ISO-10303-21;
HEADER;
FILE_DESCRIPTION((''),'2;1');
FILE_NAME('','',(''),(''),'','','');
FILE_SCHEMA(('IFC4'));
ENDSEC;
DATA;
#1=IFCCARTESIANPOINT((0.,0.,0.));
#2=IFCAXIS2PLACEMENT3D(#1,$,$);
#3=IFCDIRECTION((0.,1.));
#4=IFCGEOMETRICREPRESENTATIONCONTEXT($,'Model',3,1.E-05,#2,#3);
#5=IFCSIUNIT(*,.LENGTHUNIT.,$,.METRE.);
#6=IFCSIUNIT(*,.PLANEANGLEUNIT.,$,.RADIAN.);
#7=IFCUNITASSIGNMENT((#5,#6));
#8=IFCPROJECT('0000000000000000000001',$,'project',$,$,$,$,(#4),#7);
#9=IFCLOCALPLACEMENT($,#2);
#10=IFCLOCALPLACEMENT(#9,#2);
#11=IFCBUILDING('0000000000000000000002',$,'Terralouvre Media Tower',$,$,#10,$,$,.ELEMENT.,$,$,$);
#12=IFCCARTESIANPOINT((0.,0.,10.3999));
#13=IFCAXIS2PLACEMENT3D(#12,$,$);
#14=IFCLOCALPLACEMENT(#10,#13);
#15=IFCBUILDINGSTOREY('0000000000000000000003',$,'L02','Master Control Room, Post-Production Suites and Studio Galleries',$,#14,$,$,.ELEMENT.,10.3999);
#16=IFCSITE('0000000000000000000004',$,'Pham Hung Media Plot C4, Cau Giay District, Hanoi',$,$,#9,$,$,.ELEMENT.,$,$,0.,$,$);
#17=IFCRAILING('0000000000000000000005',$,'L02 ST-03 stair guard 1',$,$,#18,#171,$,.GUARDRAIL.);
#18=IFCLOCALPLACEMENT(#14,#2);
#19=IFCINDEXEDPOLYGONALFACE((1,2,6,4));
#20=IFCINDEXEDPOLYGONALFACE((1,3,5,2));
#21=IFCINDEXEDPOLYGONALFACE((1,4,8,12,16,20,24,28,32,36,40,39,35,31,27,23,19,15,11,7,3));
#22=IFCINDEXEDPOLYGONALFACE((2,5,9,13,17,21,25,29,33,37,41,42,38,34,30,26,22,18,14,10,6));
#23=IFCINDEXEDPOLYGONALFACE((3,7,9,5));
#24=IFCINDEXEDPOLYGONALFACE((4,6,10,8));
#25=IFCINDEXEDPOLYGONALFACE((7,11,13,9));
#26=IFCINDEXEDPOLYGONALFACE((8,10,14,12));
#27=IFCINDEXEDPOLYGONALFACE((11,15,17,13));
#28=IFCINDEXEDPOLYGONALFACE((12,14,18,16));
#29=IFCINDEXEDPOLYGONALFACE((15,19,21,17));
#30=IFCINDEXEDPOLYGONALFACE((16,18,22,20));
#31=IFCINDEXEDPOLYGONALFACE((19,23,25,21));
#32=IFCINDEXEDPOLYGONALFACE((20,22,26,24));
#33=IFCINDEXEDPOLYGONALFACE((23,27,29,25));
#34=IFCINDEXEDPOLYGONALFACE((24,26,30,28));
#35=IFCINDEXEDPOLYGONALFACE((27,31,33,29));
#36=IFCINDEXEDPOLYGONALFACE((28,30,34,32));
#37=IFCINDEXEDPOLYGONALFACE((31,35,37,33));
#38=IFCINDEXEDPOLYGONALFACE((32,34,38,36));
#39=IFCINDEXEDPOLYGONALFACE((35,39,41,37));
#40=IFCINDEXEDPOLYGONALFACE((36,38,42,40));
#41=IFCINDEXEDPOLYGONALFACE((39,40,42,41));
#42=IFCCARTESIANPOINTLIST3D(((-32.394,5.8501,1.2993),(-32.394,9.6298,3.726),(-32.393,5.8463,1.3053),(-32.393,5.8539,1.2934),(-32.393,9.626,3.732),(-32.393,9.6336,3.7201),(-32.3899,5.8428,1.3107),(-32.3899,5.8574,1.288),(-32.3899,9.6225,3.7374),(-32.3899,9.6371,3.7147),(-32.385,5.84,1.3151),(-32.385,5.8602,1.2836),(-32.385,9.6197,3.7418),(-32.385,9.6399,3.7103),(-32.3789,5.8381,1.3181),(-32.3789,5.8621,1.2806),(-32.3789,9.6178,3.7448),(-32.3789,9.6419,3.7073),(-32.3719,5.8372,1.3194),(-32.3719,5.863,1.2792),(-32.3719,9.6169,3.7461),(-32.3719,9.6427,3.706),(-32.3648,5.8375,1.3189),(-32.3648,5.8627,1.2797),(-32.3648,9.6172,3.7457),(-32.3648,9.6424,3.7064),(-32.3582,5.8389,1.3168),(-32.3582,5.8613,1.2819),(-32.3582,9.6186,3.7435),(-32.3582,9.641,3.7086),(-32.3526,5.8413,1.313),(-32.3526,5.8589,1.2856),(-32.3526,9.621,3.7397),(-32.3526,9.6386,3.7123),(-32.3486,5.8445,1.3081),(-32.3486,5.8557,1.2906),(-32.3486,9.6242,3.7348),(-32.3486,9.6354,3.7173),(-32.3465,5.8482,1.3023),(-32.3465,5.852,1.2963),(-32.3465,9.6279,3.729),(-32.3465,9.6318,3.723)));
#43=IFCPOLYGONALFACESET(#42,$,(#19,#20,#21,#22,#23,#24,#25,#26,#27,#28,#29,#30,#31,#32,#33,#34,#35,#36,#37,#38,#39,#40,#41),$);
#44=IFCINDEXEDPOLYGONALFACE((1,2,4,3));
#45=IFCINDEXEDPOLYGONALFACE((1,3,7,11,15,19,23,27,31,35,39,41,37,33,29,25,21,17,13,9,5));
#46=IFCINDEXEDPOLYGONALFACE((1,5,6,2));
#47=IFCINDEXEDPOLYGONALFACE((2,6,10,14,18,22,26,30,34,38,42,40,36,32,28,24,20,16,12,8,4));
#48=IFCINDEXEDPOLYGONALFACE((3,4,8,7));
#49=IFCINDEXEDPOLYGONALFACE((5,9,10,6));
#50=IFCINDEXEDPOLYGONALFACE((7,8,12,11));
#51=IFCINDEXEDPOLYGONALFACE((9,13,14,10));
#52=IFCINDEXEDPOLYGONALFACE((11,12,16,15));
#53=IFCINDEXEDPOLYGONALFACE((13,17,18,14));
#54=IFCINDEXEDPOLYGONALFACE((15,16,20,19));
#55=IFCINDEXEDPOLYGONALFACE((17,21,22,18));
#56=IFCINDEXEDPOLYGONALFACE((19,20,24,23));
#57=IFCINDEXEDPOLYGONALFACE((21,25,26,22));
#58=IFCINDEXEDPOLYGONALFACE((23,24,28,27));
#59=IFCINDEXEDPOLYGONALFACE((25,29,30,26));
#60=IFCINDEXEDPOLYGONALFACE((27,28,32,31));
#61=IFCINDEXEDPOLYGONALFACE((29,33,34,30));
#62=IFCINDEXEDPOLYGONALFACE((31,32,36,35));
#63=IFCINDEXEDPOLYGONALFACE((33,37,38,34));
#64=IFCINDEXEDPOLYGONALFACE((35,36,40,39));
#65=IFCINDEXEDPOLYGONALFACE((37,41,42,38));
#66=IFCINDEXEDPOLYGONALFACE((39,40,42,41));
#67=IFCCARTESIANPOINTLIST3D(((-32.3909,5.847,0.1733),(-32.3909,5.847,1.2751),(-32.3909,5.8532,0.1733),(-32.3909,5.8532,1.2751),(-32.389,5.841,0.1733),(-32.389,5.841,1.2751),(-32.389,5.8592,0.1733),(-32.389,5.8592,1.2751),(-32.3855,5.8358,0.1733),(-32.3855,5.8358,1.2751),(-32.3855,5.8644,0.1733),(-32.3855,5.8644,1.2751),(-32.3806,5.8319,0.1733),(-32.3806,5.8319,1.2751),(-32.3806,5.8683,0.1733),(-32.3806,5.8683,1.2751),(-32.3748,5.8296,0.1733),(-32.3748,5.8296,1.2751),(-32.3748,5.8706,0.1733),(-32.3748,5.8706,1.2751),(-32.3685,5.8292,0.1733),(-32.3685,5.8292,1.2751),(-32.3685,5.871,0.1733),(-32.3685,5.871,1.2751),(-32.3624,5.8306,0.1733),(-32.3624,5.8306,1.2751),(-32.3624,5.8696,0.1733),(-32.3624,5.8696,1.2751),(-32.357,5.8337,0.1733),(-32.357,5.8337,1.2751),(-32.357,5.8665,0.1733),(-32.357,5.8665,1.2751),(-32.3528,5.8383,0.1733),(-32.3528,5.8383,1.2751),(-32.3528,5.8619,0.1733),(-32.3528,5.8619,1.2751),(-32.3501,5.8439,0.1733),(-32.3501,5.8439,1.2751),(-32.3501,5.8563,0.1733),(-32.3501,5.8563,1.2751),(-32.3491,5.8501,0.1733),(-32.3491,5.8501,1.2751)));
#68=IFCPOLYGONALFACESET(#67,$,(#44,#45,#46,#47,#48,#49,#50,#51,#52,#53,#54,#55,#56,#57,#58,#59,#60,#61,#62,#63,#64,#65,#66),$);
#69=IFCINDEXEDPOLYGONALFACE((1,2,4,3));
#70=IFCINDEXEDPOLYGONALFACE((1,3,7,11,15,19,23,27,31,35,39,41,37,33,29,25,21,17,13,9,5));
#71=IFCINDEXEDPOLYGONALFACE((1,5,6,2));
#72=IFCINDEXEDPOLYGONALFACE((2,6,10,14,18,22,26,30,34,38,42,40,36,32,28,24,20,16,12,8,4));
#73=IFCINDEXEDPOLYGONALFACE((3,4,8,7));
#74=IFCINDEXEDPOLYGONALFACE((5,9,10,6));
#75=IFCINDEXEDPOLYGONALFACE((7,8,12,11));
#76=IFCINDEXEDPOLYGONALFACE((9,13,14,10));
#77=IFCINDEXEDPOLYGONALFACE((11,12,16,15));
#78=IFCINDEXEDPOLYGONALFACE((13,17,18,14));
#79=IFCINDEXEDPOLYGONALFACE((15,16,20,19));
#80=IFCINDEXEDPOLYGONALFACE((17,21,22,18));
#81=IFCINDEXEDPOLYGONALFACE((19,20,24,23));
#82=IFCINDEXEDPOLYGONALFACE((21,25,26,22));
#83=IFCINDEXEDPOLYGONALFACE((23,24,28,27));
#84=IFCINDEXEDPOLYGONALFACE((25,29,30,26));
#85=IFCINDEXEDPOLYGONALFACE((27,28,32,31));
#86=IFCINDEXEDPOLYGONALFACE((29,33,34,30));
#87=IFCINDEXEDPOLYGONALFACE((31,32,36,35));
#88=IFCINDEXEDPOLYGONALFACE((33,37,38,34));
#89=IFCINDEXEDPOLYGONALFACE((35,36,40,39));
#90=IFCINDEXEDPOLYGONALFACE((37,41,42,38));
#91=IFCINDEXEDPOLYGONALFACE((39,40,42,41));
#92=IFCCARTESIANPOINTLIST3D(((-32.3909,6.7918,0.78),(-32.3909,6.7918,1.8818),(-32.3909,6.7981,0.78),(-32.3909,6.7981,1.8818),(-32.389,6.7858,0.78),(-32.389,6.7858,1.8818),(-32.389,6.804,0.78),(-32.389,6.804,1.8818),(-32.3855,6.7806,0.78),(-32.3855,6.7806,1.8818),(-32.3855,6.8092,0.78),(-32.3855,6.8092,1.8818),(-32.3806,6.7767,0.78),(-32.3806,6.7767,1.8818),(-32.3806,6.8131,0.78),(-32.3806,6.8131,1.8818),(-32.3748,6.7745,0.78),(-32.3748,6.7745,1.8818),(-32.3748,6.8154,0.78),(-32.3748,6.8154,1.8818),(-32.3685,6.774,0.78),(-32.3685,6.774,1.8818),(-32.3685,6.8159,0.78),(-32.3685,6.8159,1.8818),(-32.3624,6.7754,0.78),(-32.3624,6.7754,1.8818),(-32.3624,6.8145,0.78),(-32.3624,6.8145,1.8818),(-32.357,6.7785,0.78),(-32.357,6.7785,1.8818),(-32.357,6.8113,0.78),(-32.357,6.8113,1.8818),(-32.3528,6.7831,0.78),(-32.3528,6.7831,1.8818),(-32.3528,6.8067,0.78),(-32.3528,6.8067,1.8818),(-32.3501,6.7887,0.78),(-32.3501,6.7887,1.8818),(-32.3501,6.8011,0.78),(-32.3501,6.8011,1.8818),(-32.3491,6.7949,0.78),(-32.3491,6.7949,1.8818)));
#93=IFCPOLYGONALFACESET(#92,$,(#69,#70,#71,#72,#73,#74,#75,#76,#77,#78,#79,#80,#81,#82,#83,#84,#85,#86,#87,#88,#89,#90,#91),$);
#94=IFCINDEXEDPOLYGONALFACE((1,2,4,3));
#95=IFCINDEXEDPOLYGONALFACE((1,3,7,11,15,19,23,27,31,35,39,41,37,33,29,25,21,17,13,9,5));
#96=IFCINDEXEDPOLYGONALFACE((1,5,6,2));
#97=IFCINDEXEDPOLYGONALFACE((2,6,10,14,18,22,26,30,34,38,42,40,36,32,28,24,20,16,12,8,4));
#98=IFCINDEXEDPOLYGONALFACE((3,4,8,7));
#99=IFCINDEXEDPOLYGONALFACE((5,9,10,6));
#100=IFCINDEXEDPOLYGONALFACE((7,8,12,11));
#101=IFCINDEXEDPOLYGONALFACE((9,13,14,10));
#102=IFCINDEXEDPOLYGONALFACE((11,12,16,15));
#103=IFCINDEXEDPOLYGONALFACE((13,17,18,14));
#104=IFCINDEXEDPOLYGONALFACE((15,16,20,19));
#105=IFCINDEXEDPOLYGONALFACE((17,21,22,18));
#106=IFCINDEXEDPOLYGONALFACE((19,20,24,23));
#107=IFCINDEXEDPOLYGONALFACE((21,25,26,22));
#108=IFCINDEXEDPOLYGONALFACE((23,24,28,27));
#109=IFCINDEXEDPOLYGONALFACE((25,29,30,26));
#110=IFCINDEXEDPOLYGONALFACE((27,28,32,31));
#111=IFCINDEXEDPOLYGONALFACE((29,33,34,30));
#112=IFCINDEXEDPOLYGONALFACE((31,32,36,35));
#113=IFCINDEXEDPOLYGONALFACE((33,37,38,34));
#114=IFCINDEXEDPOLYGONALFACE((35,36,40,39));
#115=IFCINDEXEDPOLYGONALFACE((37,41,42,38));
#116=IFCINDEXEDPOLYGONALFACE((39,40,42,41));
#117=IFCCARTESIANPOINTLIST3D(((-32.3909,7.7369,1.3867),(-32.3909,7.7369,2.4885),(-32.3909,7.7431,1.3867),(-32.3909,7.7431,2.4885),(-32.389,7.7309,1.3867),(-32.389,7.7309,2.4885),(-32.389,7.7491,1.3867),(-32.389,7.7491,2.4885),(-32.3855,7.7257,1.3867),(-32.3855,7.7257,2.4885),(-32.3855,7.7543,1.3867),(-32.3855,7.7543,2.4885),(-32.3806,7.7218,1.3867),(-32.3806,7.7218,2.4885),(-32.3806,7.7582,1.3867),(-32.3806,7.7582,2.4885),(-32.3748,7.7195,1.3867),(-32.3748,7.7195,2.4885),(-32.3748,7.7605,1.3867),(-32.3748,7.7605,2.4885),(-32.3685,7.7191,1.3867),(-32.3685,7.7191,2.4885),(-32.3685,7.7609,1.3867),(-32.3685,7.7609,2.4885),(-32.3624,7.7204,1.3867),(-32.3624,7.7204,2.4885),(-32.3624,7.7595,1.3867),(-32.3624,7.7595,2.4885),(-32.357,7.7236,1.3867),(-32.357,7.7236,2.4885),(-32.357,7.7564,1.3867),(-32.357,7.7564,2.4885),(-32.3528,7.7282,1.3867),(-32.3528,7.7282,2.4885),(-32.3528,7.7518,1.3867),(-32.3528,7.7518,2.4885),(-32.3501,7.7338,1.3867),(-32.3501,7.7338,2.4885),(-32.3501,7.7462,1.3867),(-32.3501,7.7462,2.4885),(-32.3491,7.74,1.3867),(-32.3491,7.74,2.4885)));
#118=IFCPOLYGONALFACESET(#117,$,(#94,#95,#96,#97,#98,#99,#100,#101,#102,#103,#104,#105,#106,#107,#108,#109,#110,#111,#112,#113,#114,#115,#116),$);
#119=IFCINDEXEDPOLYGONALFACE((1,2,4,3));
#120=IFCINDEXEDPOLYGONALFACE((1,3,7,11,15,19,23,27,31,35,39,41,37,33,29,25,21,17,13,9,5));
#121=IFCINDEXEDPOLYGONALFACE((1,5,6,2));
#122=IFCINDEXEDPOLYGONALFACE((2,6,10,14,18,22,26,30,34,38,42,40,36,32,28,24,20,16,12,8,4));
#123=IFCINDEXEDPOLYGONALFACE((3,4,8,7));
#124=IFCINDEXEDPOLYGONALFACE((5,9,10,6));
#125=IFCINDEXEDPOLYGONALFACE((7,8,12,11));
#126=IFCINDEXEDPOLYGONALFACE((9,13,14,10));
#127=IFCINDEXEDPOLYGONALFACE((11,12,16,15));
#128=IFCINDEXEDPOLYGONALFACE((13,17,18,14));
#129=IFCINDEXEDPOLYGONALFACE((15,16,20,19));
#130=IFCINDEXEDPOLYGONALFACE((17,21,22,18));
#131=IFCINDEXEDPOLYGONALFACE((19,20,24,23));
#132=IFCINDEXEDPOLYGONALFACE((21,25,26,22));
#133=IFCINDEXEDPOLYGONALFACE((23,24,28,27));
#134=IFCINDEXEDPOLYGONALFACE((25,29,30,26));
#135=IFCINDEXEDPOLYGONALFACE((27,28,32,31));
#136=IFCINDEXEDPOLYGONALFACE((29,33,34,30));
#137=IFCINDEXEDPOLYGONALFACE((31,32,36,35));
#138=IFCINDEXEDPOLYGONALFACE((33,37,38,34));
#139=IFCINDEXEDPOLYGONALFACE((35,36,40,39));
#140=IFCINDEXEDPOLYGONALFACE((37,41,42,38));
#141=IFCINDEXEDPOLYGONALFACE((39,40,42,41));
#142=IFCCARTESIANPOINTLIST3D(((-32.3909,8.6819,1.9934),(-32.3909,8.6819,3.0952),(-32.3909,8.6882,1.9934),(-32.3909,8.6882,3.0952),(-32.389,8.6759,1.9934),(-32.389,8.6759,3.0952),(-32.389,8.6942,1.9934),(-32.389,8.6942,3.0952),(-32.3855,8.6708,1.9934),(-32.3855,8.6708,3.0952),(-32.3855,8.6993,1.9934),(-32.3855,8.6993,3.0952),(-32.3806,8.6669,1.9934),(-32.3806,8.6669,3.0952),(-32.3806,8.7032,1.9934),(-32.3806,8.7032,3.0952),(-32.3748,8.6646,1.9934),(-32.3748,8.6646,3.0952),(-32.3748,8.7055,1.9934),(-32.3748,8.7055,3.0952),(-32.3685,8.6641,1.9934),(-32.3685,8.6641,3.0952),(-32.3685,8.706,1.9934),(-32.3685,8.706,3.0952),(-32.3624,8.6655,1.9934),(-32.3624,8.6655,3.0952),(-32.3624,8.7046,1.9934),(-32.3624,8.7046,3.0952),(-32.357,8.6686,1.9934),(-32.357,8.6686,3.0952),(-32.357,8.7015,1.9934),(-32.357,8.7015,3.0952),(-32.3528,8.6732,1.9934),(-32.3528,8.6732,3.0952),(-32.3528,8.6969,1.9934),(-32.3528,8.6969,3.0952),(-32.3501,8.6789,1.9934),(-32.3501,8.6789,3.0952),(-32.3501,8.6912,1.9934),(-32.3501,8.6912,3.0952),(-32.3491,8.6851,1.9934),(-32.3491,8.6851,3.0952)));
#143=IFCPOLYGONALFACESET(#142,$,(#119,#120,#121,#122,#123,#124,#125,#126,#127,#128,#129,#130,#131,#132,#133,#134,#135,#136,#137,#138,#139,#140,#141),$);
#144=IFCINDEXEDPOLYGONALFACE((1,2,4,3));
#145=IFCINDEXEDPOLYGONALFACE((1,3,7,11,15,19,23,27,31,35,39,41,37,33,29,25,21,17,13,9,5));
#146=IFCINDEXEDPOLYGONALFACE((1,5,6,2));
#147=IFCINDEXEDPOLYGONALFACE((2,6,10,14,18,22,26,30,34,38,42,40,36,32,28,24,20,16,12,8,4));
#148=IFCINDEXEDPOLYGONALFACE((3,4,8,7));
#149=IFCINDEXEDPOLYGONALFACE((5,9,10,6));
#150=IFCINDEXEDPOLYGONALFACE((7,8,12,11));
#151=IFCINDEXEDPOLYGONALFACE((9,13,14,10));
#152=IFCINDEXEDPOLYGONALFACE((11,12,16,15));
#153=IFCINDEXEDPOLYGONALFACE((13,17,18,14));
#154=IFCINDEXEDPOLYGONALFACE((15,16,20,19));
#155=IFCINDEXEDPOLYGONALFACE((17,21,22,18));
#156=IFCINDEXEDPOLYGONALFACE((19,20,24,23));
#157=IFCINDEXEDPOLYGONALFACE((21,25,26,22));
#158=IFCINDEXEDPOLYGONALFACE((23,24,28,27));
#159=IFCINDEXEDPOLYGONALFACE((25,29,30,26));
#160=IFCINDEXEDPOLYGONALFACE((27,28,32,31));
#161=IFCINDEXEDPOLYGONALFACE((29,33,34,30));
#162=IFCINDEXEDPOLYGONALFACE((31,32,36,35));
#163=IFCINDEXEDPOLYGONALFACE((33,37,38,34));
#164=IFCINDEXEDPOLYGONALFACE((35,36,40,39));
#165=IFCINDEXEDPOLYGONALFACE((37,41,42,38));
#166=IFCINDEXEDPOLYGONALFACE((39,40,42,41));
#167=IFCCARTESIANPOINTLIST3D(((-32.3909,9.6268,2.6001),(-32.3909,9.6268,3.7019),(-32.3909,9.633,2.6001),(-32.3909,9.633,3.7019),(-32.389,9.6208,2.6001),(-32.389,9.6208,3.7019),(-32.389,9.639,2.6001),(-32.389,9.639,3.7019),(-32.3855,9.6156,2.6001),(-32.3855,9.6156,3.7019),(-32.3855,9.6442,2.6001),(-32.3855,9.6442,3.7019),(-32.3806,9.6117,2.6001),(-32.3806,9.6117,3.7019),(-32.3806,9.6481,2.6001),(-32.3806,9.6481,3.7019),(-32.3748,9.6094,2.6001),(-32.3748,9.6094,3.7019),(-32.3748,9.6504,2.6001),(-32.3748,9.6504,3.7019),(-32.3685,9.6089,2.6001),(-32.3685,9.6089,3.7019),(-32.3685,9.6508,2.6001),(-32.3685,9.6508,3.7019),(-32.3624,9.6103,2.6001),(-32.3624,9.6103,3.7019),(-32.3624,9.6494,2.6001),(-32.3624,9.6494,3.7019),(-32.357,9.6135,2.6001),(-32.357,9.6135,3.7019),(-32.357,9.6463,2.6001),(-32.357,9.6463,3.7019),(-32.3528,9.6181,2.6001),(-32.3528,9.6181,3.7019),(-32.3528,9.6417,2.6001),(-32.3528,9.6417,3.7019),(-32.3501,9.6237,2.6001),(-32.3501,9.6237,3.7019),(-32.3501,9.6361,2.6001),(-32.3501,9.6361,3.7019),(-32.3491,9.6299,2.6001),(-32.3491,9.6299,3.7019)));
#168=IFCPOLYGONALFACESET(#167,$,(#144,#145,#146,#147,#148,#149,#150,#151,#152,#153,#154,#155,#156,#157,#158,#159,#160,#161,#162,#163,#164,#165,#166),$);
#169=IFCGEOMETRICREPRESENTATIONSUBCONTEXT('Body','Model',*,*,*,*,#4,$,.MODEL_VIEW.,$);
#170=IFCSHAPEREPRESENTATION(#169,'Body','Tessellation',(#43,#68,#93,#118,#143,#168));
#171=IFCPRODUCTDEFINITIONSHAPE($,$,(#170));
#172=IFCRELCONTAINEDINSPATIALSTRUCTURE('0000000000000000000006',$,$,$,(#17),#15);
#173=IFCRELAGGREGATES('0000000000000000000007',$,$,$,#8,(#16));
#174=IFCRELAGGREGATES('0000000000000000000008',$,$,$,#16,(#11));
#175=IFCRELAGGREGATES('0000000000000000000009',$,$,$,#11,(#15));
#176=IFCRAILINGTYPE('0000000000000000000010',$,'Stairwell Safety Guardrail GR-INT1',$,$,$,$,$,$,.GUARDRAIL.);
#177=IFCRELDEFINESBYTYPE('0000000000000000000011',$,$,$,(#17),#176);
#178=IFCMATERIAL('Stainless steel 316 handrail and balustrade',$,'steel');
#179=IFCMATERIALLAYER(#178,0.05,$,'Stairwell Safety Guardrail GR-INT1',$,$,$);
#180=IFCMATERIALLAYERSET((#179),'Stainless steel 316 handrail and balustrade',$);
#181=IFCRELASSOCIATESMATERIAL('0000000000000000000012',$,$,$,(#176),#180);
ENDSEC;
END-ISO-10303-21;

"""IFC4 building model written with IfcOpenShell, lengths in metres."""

from ifc_helpers import new_model, si_unit, direction, frame, origin, origin_2d, place, context, subcontext, project, spatial, circle, extrude, material, layer, layer_set, type_object, element, save


model = new_model("IFC4")

# Units and contexts
model_context = context("Model", 3, precision=1e-05, world=origin(), true_north=direction((0.0, 1.0)))
body_context = subcontext(model_context, "Body", "Model", "MODEL_VIEW")
ifc_project = project(units=[si_unit("LENGTHUNIT", "METRE"), si_unit("PLANEANGLEUNIT", "RADIAN")], contexts=[model_context])

# Site, building, storey
site_placement = place(None, origin())
site = spatial("IfcSite", under=ifc_project, at=site_placement, Name="Pham Hung Media Plot C4, Cau Giay District, Hanoi", CompositionType="ELEMENT", RefElevation=0.0)
building_placement = place(site_placement, origin())
building = spatial("IfcBuilding", under=site, at=building_placement, Name="Terralouvre Media Tower", CompositionType="ELEMENT")
storey_placement = place(building_placement, frame((0.0, 0.0, 10.3999)))
storey = spatial("IfcBuildingStorey", under=building, at=storey_placement, Name="L02", Description="Master Control Room, Post-Production Suites and Studio Galleries", CompositionType="ELEMENT", Elevation=10.3999)

# Railing
ifc_material_1 = material(Name="Stainless steel 316 handrail and balustrade", Category="steel")
ifc_layer_1 = layer(ifc_material_1, 0.05, Name="Stairwell Safety Guardrail GR-INT1")
ifc_layer_set_1 = layer_set([ifc_layer_1], Name="Stainless steel 316 handrail and balustrade")
railing_type_1 = type_object("IfcRailingType", Name="Stairwell Safety Guardrail GR-INT1", PredefinedType="GUARDRAIL", material=ifc_layer_set_1)
railing_1_placement = place(storey_placement, frame((-32.3701, 5.8501, 0.1733)))
element("IfcRailing", 1, at=railing_1_placement, inside=storey, type_object=railing_type_1, Name="L02 ST-03 stair guard 1", PredefinedType="GUARDRAIL", context=body_context, shape_type="SweptSolid", body=[
    extrude(circle(Radius=0.0239, at=origin_2d()), frame((0.0, 0.0, 1.126), z_axis=(0.0, 0.841493, 0.540269), x_axis=(-1.0, 0.0, 0.0)), (0.0, 0.0, 1.0), 4.4917),
    extrude(circle(Radius=0.021, at=origin_2d()), origin(), (0.0, 0.0, 1.0), 1.1018),
    extrude(circle(Radius=0.021, at=origin_2d()), frame((0.0, 0.9448, 0.6067)), (0.0, 0.0, 1.0), 1.1018),
    extrude(circle(Radius=0.021, at=origin_2d()), frame((0.0, 1.8899, 1.2134)), (0.0, 0.0, 1.0), 1.1018),
    extrude(circle(Radius=0.021, at=origin_2d()), frame((0.0, 2.835, 1.8201)), (0.0, 0.0, 1.0), 1.1018),
    extrude(circle(Radius=0.021, at=origin_2d()), frame((0.0, 3.7798, 2.4268)), (0.0, 0.0, 1.0), 1.1018),
])

save(model, "model.ifc")
